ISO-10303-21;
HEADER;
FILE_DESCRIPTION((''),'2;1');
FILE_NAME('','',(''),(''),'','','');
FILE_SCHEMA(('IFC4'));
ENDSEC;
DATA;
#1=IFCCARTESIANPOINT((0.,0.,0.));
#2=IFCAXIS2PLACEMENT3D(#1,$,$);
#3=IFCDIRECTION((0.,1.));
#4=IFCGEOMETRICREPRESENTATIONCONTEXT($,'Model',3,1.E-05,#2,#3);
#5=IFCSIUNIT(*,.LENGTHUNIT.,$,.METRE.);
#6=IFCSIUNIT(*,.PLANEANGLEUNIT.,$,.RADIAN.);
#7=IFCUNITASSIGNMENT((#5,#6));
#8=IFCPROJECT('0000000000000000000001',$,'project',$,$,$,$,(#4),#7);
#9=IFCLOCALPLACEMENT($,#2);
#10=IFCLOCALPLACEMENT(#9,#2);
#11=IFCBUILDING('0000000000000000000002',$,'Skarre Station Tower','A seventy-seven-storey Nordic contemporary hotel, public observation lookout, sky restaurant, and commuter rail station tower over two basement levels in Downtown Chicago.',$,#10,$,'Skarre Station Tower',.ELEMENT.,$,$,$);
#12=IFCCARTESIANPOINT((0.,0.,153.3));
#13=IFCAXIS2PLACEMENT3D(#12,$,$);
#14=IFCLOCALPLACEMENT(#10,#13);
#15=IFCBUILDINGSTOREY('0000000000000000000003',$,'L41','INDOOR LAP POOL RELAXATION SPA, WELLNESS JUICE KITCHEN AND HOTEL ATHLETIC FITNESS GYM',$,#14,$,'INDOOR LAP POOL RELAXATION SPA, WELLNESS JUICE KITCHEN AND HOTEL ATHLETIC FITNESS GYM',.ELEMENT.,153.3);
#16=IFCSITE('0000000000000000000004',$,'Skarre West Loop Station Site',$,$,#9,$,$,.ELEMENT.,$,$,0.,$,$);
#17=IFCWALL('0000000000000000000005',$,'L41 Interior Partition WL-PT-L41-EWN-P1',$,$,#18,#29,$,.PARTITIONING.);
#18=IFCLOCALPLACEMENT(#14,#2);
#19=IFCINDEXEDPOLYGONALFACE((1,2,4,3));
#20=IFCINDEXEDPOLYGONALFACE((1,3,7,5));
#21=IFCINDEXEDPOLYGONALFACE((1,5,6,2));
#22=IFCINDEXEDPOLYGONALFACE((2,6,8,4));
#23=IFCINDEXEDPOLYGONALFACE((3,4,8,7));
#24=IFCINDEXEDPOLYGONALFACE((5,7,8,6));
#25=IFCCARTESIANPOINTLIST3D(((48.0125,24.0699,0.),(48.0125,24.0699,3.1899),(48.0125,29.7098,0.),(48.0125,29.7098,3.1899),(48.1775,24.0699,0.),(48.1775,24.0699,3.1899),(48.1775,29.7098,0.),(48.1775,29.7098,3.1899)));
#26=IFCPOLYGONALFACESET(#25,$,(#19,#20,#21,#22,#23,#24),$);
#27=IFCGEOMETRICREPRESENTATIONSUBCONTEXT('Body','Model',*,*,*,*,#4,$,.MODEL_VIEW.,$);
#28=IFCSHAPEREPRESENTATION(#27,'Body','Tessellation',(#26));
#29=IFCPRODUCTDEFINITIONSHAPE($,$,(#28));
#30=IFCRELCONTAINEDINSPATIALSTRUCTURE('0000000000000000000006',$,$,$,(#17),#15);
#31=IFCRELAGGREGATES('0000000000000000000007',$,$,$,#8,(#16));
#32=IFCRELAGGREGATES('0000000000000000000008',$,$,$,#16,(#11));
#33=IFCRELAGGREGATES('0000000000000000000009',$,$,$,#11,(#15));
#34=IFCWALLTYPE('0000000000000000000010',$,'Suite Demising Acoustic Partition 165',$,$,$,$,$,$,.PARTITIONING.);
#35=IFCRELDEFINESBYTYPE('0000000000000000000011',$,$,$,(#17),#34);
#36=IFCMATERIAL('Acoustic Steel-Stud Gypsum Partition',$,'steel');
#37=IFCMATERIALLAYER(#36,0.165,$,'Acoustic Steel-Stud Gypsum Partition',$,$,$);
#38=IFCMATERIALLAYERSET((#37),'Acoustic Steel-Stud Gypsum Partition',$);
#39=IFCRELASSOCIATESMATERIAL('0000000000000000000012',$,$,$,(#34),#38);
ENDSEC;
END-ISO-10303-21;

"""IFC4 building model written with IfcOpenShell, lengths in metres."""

from ifc_helpers import new_model, si_unit, direction, frame, frame_2d, origin, place, context, subcontext, project, spatial, rectangle, extrude, material, layer, layer_set, type_object, element, save


model = new_model("IFC4")

# Units and contexts
model_context = context("Model", 3, precision=1e-05, world=origin(), true_north=direction((0.0, 1.0)))
body_context = subcontext(model_context, "Body", "Model", "MODEL_VIEW")
ifc_project = project(units=[si_unit("LENGTHUNIT", "METRE"), si_unit("PLANEANGLEUNIT", "RADIAN")], contexts=[model_context])

# Site, building, storey
site_placement = place(None, origin())
site = spatial("IfcSite", under=ifc_project, at=site_placement, Name="Skarre West Loop Station Site", CompositionType="ELEMENT", RefElevation=0.0)
building_placement = place(site_placement, origin())
building = spatial("IfcBuilding", under=site, at=building_placement, Name="Skarre Station Tower", Description="A seventy-seven-storey Nordic contemporary hotel, public observation lookout, sky restaurant, and commuter rail station tower over two basement levels in Downtown Chicago.", LongName="Skarre Station Tower", CompositionType="ELEMENT")
storey_placement = place(building_placement, frame((0.0, 0.0, 153.3)))
storey = spatial("IfcBuildingStorey", under=building, at=storey_placement, Name="L41", Description="INDOOR LAP POOL RELAXATION SPA, WELLNESS JUICE KITCHEN AND HOTEL ATHLETIC FITNESS GYM", LongName="INDOOR LAP POOL RELAXATION SPA, WELLNESS JUICE KITCHEN AND HOTEL ATHLETIC FITNESS GYM", CompositionType="ELEMENT", Elevation=153.3)

# Shared definitions
ifc_material_1 = material(Name="Acoustic Steel-Stud Gypsum Partition", Category="steel")

# Wall
ifc_layer_1 = layer(ifc_material_1, 0.165, Name="Acoustic Steel-Stud Gypsum Partition")
ifc_layer_set_1 = layer_set([ifc_layer_1], Name="Acoustic Steel-Stud Gypsum Partition")
wall_type_1 = type_object("IfcWallType", Name="Suite Demising Acoustic Partition 165", PredefinedType="PARTITIONING", material=ifc_layer_set_1)
wall_1_placement = place(storey_placement, frame((48.095, 24.0701, 0.0), z_axis=(0.0, 0.0, 1.0), x_axis=(0.0, 1.0, 0.0)))
element("IfcWall", 1, at=wall_1_placement, inside=storey, type_object=wall_type_1, Name="L41 Interior Partition WL-PT-L41-EWN-P1", PredefinedType="PARTITIONING", context=body_context, shape_type="SweptSolid", body=[
    extrude(rectangle(XDim=5.6399, YDim=0.165, at=frame_2d((2.8198, 0.0))), origin(), (0.0, 0.0, 1.0), 3.1899),
])

save(model, "model.ifc")
